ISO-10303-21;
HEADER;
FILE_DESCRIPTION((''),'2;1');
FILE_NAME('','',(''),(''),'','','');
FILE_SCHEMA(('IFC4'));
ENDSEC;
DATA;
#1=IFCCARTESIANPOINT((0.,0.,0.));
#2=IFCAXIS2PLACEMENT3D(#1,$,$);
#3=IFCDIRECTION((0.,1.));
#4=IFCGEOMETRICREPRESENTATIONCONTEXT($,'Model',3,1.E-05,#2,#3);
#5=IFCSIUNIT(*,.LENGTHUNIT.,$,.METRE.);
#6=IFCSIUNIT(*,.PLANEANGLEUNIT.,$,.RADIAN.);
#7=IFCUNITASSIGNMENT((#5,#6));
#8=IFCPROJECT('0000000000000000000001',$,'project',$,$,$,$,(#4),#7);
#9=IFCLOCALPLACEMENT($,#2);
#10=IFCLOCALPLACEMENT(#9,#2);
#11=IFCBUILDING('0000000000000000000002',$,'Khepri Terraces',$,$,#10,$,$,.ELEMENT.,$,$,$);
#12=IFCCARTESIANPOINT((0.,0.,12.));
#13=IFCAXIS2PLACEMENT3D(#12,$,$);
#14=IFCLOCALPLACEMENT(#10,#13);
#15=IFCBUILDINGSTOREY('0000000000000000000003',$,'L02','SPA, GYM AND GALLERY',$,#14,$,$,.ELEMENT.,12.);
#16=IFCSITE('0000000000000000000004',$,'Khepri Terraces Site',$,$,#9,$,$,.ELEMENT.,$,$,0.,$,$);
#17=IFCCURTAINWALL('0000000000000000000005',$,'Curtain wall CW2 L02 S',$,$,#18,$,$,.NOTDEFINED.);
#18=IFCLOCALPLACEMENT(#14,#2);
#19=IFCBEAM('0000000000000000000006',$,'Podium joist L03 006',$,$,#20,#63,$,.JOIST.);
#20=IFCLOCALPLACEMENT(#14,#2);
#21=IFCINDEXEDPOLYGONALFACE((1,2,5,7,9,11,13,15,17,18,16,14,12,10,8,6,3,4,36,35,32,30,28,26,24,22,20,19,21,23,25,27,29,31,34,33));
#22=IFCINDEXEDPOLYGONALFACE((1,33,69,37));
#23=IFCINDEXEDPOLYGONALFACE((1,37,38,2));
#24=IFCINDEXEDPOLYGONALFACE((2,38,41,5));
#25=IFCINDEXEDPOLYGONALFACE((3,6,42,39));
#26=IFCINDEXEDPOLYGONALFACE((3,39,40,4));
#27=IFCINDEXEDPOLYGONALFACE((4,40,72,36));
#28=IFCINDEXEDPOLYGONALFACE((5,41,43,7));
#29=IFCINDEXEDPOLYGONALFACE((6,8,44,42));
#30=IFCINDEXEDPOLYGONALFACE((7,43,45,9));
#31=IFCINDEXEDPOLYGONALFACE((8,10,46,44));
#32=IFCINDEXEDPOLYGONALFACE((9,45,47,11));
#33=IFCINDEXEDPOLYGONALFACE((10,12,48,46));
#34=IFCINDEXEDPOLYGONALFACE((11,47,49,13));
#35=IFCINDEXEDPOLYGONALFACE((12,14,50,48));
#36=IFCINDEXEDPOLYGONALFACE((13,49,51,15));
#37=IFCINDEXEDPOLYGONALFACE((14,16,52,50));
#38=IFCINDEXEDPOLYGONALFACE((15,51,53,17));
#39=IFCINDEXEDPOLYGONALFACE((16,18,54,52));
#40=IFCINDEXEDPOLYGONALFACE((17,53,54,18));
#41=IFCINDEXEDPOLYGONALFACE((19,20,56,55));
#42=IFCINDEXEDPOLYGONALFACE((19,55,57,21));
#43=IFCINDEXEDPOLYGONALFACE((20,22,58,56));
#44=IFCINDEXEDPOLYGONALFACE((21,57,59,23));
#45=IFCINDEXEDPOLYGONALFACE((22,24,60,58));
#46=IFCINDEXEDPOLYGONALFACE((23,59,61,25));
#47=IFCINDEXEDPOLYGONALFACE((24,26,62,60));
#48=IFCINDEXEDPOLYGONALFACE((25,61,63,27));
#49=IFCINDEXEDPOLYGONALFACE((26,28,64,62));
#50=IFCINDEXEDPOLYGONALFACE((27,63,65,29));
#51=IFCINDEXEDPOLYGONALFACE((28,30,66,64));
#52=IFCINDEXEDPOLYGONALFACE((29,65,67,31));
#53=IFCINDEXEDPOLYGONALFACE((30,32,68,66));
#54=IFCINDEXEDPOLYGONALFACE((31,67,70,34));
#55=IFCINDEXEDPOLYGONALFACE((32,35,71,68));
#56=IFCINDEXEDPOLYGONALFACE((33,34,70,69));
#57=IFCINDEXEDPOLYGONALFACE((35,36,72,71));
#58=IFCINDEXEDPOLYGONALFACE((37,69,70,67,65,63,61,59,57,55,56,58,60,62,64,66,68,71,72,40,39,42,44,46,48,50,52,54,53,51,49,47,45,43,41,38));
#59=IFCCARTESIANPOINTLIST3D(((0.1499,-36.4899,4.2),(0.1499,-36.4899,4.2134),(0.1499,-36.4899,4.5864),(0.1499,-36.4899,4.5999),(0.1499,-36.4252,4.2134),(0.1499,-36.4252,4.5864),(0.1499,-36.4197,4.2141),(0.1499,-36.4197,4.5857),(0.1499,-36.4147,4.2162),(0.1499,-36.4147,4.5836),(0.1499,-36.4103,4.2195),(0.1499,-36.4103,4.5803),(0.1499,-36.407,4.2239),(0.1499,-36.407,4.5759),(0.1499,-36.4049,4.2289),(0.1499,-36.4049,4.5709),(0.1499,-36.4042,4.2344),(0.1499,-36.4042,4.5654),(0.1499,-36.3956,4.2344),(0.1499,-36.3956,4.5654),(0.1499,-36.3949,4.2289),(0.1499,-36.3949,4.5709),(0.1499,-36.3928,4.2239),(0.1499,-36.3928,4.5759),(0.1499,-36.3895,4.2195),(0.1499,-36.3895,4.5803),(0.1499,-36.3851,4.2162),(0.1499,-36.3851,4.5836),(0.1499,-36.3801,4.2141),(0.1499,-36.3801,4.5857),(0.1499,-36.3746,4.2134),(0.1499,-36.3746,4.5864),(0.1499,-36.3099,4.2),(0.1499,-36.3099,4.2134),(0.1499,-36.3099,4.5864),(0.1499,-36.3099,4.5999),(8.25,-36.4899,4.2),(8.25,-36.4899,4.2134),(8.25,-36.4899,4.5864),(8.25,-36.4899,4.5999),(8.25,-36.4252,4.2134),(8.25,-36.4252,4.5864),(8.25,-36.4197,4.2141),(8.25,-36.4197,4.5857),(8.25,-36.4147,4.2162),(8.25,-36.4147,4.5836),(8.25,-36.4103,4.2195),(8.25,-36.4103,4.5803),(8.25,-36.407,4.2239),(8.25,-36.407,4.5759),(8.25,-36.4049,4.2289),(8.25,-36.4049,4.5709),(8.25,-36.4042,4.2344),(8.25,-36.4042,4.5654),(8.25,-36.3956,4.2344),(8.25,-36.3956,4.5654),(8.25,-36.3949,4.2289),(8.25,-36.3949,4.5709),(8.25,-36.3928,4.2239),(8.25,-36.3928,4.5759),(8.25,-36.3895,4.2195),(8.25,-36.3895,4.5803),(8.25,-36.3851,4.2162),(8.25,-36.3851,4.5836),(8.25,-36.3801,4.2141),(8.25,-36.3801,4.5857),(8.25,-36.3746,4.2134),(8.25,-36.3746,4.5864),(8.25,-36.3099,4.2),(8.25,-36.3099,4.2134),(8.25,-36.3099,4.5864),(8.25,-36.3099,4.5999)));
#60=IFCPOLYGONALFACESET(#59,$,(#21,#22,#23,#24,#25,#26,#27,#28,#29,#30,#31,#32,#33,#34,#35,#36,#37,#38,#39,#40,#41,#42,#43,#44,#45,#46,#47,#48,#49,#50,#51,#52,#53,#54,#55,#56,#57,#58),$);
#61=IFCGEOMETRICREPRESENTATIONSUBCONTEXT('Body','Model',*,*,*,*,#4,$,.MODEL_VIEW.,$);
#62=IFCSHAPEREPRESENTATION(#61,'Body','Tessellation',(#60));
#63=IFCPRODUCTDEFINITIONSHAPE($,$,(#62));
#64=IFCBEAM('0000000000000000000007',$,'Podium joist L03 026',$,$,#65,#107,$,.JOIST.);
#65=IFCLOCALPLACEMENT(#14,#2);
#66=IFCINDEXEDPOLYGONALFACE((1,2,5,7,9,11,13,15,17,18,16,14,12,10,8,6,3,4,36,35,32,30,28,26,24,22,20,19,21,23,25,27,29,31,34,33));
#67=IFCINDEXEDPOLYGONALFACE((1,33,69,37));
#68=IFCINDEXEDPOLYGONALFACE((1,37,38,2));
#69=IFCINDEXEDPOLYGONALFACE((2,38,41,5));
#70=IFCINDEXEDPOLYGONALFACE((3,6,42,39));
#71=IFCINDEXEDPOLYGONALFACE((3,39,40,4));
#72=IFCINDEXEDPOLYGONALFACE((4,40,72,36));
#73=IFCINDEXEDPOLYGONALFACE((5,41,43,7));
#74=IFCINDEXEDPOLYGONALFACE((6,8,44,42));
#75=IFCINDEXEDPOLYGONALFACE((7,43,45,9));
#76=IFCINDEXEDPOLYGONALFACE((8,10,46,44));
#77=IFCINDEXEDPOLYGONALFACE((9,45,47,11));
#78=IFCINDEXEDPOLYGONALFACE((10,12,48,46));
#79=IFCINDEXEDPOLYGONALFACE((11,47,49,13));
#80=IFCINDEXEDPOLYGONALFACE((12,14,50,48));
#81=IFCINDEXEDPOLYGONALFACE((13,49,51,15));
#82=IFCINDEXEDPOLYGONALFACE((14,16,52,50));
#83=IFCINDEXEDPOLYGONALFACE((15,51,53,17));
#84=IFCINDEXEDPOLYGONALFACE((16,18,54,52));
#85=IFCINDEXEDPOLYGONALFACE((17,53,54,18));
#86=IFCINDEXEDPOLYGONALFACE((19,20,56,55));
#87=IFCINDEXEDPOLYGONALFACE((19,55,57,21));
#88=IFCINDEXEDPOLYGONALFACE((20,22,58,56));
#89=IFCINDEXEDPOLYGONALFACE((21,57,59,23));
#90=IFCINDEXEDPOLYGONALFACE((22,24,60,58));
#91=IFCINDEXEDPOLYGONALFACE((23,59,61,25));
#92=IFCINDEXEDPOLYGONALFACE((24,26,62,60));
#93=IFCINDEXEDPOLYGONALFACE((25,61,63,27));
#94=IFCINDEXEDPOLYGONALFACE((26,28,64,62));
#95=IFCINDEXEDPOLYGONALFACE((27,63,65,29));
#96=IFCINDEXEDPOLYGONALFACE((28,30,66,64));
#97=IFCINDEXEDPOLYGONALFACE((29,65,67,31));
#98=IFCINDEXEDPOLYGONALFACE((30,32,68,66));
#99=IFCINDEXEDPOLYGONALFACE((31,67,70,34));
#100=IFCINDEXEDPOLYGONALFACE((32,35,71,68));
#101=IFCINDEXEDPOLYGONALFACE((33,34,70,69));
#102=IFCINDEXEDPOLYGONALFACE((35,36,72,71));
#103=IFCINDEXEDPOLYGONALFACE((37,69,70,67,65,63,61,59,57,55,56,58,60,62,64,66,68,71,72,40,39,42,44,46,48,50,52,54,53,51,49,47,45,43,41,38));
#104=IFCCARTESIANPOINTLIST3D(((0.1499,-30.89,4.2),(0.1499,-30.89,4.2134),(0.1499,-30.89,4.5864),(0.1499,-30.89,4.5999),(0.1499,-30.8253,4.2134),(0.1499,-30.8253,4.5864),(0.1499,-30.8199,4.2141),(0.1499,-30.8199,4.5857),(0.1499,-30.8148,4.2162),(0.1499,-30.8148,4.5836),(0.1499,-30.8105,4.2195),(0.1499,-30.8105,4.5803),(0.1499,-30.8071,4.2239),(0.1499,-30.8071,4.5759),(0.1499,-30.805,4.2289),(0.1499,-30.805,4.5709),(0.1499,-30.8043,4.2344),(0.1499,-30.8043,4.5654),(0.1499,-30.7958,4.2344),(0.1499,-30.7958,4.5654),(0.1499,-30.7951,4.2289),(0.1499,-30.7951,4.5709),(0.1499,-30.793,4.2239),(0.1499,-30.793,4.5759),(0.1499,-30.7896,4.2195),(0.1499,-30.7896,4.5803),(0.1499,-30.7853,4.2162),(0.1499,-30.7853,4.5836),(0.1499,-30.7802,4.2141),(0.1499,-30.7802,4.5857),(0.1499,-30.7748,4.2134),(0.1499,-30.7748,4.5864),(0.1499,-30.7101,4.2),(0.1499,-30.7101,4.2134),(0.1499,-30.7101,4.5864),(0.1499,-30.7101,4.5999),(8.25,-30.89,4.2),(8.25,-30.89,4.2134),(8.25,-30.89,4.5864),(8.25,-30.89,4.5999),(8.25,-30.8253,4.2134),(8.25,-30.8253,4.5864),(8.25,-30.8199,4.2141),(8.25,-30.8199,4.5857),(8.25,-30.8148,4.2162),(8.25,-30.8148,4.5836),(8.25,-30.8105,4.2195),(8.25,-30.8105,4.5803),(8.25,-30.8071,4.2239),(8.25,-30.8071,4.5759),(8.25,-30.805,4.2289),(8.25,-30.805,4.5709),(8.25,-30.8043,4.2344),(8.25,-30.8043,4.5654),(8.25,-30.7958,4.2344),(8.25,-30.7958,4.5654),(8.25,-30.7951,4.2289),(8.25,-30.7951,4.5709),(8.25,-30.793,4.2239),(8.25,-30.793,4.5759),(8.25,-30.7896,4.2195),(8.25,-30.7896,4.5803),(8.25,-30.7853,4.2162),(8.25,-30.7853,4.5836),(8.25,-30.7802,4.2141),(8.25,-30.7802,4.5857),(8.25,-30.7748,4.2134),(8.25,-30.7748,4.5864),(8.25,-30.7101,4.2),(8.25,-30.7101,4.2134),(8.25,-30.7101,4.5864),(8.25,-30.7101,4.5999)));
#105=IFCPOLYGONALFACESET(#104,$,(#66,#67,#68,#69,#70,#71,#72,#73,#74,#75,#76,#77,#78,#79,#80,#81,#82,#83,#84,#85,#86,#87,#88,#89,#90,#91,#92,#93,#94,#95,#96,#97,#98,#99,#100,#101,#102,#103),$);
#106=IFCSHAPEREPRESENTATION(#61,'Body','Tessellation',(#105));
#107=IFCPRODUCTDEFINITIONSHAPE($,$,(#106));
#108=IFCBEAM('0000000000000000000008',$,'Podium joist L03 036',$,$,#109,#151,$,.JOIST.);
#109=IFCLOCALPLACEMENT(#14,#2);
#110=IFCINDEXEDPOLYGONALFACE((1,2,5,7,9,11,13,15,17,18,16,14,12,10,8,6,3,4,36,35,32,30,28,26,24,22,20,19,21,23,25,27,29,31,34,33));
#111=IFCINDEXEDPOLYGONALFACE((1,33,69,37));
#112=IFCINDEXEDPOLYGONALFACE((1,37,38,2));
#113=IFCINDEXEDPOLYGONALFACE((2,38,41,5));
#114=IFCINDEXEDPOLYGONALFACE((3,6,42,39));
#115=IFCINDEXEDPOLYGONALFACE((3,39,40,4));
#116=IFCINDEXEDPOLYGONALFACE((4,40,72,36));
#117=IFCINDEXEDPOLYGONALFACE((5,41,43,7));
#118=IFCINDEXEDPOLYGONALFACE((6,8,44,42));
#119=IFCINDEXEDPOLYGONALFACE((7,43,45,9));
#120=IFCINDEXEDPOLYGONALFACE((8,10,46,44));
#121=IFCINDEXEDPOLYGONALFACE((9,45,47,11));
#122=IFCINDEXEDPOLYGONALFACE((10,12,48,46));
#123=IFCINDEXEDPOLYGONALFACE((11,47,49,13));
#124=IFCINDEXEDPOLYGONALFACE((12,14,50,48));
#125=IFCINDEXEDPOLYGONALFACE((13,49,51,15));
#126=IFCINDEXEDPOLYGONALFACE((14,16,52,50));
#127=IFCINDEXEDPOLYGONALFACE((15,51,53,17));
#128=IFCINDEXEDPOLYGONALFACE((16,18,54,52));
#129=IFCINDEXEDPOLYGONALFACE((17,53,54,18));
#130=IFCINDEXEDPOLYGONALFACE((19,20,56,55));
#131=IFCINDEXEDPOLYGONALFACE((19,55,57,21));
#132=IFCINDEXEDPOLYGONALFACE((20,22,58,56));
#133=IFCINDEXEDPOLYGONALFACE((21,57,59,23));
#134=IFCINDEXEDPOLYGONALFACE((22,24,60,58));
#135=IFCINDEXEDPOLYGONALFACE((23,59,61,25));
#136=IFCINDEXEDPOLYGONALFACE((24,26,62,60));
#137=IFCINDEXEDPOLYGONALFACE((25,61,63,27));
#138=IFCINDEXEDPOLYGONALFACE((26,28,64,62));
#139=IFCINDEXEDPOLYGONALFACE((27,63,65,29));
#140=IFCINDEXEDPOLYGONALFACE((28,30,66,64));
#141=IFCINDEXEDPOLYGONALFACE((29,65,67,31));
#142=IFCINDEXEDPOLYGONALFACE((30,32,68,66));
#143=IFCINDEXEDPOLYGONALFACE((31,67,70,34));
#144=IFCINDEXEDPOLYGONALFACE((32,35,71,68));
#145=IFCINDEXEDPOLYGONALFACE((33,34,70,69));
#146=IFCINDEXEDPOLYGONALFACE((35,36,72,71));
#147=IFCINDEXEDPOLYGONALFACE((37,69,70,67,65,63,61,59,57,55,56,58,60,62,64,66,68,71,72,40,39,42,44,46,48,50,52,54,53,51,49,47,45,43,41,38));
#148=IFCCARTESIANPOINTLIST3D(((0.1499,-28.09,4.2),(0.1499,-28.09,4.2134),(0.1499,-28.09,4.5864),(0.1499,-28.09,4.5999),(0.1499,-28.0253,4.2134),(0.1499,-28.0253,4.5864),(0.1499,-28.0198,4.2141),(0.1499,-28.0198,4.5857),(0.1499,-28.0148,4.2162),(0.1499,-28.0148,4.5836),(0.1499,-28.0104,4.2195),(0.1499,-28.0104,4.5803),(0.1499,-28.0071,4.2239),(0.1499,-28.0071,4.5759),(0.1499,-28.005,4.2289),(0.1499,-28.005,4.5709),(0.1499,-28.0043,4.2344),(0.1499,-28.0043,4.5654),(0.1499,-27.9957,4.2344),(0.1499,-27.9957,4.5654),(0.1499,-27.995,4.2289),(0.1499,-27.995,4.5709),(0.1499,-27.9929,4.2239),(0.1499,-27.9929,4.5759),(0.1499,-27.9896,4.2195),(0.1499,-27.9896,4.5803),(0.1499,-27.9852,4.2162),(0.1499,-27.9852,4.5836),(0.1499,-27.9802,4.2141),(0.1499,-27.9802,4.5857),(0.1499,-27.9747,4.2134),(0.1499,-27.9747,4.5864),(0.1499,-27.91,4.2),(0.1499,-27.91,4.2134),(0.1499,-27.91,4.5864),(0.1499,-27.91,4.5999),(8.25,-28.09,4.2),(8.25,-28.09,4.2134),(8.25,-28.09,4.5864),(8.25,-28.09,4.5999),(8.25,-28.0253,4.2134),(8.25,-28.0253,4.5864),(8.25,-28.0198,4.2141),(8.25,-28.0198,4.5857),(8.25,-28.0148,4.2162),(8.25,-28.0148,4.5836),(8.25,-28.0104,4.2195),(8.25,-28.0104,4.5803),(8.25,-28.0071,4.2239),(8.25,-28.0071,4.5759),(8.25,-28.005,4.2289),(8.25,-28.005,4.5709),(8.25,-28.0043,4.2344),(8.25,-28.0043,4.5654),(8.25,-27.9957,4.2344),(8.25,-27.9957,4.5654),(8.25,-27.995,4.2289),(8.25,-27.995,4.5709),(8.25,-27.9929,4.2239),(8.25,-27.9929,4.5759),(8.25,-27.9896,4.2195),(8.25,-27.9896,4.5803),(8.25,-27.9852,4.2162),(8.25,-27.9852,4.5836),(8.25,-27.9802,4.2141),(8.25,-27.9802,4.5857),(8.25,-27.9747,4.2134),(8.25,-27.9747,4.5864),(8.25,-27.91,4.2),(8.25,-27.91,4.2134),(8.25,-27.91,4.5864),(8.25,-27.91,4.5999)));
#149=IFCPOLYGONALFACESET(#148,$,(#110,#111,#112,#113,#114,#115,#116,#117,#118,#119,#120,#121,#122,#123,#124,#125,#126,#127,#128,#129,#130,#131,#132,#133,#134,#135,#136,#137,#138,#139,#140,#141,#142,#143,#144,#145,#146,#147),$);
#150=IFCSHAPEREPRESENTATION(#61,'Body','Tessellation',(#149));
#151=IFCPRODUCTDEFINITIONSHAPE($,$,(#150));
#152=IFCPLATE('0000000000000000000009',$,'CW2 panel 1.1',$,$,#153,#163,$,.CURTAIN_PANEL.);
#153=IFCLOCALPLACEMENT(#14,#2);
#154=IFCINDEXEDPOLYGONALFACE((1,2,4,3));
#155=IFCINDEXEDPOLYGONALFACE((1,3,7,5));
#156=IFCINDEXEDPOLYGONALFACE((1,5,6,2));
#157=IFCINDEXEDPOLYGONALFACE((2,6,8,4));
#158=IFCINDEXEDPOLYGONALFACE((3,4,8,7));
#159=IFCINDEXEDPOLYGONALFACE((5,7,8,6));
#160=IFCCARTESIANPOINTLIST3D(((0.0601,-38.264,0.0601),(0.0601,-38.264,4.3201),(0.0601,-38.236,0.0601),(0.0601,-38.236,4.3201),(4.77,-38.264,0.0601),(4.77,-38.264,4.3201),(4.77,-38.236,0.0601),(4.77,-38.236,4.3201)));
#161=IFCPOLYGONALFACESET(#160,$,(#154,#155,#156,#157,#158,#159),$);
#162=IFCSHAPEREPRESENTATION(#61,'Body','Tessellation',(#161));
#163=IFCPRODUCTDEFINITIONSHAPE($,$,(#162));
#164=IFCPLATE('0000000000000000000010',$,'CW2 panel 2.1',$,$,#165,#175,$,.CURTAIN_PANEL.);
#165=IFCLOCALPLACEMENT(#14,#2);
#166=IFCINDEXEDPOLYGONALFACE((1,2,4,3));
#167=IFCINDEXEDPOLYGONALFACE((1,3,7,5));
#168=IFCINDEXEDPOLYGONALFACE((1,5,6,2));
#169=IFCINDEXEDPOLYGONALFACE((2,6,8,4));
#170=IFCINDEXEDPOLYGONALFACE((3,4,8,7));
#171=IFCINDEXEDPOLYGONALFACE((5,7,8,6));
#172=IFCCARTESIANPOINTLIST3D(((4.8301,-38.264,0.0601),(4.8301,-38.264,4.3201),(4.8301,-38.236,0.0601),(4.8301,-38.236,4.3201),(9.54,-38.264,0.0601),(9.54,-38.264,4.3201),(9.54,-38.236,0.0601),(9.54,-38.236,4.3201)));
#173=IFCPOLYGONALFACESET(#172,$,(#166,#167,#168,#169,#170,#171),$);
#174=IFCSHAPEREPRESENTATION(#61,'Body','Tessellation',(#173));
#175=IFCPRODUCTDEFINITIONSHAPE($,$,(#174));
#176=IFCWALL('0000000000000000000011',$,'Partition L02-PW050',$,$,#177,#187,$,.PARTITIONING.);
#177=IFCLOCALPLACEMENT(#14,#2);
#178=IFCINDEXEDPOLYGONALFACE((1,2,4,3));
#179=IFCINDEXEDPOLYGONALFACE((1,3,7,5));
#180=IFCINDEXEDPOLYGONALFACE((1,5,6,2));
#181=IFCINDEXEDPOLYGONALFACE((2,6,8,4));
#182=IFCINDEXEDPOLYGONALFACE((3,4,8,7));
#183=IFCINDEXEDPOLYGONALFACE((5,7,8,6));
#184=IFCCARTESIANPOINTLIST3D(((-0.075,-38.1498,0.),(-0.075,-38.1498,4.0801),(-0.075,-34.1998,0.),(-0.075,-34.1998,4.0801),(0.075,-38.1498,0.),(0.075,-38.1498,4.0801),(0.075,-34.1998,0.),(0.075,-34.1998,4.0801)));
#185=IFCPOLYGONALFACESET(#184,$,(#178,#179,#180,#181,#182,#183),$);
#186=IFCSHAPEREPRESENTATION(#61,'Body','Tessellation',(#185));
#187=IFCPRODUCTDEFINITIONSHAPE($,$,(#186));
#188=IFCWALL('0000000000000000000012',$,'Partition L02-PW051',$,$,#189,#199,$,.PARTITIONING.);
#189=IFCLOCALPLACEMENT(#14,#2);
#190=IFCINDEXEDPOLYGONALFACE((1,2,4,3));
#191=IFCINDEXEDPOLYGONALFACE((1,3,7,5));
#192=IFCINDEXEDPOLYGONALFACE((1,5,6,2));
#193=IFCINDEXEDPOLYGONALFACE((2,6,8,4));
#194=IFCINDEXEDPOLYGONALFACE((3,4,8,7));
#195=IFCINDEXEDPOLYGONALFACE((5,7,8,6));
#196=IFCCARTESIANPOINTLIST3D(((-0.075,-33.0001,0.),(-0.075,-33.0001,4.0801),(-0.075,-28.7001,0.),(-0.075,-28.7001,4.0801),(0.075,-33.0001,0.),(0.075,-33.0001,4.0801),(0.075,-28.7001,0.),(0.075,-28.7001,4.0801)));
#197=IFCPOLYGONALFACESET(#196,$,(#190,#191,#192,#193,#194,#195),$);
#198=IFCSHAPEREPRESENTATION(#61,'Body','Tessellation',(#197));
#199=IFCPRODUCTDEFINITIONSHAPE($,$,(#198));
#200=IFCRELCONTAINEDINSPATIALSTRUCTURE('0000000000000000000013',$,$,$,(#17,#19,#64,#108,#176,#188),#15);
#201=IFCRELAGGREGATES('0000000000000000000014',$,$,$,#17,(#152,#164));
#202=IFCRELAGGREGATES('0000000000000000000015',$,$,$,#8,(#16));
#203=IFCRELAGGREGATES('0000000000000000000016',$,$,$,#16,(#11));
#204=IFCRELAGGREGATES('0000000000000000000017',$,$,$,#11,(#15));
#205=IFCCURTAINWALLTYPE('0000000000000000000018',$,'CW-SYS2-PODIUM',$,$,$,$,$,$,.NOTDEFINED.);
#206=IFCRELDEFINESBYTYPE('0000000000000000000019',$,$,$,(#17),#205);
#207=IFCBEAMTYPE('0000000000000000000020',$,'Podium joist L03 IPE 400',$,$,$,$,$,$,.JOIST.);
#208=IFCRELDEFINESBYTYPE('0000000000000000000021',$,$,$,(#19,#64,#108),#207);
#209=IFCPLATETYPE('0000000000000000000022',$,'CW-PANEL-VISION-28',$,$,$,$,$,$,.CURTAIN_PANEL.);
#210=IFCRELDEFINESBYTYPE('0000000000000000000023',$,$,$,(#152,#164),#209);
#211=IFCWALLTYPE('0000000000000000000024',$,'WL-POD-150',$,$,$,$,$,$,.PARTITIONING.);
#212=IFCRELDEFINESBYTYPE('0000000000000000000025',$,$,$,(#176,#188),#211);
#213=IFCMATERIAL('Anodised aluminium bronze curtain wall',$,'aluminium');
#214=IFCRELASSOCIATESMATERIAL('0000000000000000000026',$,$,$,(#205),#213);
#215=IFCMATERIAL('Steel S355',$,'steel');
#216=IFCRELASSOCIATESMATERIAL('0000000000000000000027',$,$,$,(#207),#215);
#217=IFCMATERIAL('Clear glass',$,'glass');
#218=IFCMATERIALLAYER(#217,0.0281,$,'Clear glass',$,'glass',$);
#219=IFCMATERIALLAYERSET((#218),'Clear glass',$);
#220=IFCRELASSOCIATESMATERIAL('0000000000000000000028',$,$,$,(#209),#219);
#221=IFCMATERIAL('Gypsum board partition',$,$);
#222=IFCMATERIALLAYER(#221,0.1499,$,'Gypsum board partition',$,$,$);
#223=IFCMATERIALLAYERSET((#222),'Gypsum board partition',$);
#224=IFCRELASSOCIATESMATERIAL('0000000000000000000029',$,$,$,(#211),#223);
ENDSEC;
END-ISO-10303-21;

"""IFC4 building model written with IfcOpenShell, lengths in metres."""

from ifc_helpers import new_model, si_unit, direction, frame, frame_2d, origin, origin_2d, place, context, subcontext, project, spatial, rectangle, i_section, extrude, material, layer, layer_set, material_profile, profile_set, type_object, element, aggregate, save


model = new_model("IFC4")

# Units and contexts
model_context = context("Model", 3, precision=1e-05, world=origin(), true_north=direction((0.0, 1.0)))
body_context = subcontext(model_context, "Body", "Model", "MODEL_VIEW")
ifc_project = project(units=[si_unit("LENGTHUNIT", "METRE"), si_unit("PLANEANGLEUNIT", "RADIAN")], contexts=[model_context])

# Site, building, storey
site_placement = place(None, origin())
site = spatial("IfcSite", under=ifc_project, at=site_placement, Name="Khepri Terraces Site", CompositionType="ELEMENT", RefElevation=0.0)
building_placement = place(site_placement, origin())
building = spatial("IfcBuilding", under=site, at=building_placement, Name="Khepri Terraces", CompositionType="ELEMENT")
storey_placement = place(building_placement, frame((0.0, 0.0, 12.0)))
storey = spatial("IfcBuildingStorey", under=building, at=storey_placement, Name="L02", Description="SPA, GYM AND GALLERY", CompositionType="ELEMENT", Elevation=12.0)

# Curtain wall
ifc_material_1 = material(Name="Anodised aluminium bronze curtain wall", Category="aluminium")
curtain_wall_type = type_object("IfcCurtainWallType", Name="CW-SYS2-PODIUM", PredefinedType="NOTDEFINED", material=ifc_material_1)
curtain_wall_placement = place(storey_placement, origin())
curtain_wall = element("IfcCurtainWall", 1, at=curtain_wall_placement, inside=storey, type_object=curtain_wall_type, Name="Curtain wall CW2 L02 S", PredefinedType="NOTDEFINED")

# Beams
ifc_material_2 = material(Name="Steel S355", Category="steel")
ifc_material_profile_1 = material_profile(ifc_material_2, i_section(OverallWidth=0.1799, OverallDepth=0.3999, WebThickness=0.0085, FlangeThickness=0.0134, FilletRadius=0.021, at=origin_2d()), Name="Steel S355", Category="steel")
ifc_profile_set_1 = profile_set([ifc_material_profile_1], Name="Steel S355")
beam_type_1 = type_object("IfcBeamType", Name="Podium joist L03 IPE 400", PredefinedType="JOIST", material=ifc_profile_set_1)
for number, where, z_axis, x_axis, name in (
    (2, (0.1499, -36.3999, 4.3999), (1.0, 0.0, 0.0), (0.0, 1.0, 0.0), "Podium joist L03 006"),
    (3, (0.1499, -30.8, 4.3999), (1.0, 0.0, 0.0), (0.0, 1.0, 0.0), "Podium joist L03 026"),
    (4, (0.1499, -28.0, 4.3999), (1.0, 0.0, 0.0), (0.0, 1.0, 0.0), "Podium joist L03 036"),
):
    element("IfcBeam", number, at=place(storey_placement, frame(where, z_axis=z_axis, x_axis=x_axis)), inside=storey, type_object=beam_type_1, Name=name, PredefinedType="JOIST", context=body_context, shape_type="SweptSolid", body=[
        extrude(i_section(OverallWidth=0.1799, OverallDepth=0.3999, WebThickness=0.0085, FlangeThickness=0.0134, FilletRadius=0.021, at=origin_2d()), origin(), (0.0, 0.0, 1.0), 8.1001),
    ])

# Plates
ifc_material_3 = material(Name="Clear glass", Category="glass")
ifc_layer_1 = layer(ifc_material_3, 0.0281, Name="Clear glass", Category="glass")
ifc_layer_set_1 = layer_set([ifc_layer_1], Name="Clear glass")
plate_type = type_object("IfcPlateType", Name="CW-PANEL-VISION-28", PredefinedType="CURTAIN_PANEL", material=ifc_layer_set_1)
plate_1_placement = place(storey_placement, frame((2.415, -38.25, 0.0601), z_axis=(0.0, 0.0, 1.0), x_axis=(1.0, 0.0, 0.0)))
plate_1 = element("IfcPlate", 5, at=plate_1_placement, type_object=plate_type, Name="CW2 panel 1.1", PredefinedType="CURTAIN_PANEL", context=body_context, shape_type="SweptSolid", body=[
    extrude(rectangle(XDim=4.71, YDim=0.0281, at=origin_2d()), origin(), (0.0, 0.0, 1.0), 4.26),
])
plate_2_placement = place(storey_placement, frame((7.1851, -38.25, 0.0601), z_axis=(0.0, 0.0, 1.0), x_axis=(1.0, 0.0, 0.0)))
plate_2 = element("IfcPlate", 6, at=plate_2_placement, type_object=plate_type, Name="CW2 panel 2.1", PredefinedType="CURTAIN_PANEL", context=body_context, shape_type="SweptSolid", body=[
    extrude(rectangle(XDim=4.71, YDim=0.0281, at=origin_2d()), origin(), (0.0, 0.0, 1.0), 4.26),
])
aggregate(curtain_wall, [plate_1, plate_2])

# Walls
ifc_material_4 = material(Name="Gypsum board partition")
ifc_layer_2 = layer(ifc_material_4, 0.1499, Name="Gypsum board partition")
ifc_layer_set_2 = layer_set([ifc_layer_2], Name="Gypsum board partition")
wall_type_1 = type_object("IfcWallType", Name="WL-POD-150", PredefinedType="PARTITIONING", material=ifc_layer_set_2)
wall_1_placement = place(storey_placement, frame((0.0, -38.1499, 0.0), z_axis=(0.0, 0.0, 1.0), x_axis=(0.0, 1.0, 0.0)))
element("IfcWall", 7, at=wall_1_placement, inside=storey, type_object=wall_type_1, Name="Partition L02-PW050", PredefinedType="PARTITIONING", context=body_context, shape_type="SweptSolid", body=[
    extrude(rectangle(XDim=3.95, YDim=0.1499, at=frame_2d((1.9751, 0.0))), origin(), (0.0, 0.0, 1.0), 4.0801),
])
wall_2_placement = place(storey_placement, frame((0.0, -33.0, 0.0), z_axis=(0.0, 0.0, 1.0), x_axis=(0.0, 1.0, 0.0)))
element("IfcWall", 8, at=wall_2_placement, inside=storey, type_object=wall_type_1, Name="Partition L02-PW051", PredefinedType="PARTITIONING", context=body_context, shape_type="SweptSolid", body=[
    extrude(rectangle(XDim=4.3, YDim=0.1499, at=frame_2d((2.1499, 0.0))), origin(), (0.0, 0.0, 1.0), 4.0801),
])

save(model, "model.ifc")
